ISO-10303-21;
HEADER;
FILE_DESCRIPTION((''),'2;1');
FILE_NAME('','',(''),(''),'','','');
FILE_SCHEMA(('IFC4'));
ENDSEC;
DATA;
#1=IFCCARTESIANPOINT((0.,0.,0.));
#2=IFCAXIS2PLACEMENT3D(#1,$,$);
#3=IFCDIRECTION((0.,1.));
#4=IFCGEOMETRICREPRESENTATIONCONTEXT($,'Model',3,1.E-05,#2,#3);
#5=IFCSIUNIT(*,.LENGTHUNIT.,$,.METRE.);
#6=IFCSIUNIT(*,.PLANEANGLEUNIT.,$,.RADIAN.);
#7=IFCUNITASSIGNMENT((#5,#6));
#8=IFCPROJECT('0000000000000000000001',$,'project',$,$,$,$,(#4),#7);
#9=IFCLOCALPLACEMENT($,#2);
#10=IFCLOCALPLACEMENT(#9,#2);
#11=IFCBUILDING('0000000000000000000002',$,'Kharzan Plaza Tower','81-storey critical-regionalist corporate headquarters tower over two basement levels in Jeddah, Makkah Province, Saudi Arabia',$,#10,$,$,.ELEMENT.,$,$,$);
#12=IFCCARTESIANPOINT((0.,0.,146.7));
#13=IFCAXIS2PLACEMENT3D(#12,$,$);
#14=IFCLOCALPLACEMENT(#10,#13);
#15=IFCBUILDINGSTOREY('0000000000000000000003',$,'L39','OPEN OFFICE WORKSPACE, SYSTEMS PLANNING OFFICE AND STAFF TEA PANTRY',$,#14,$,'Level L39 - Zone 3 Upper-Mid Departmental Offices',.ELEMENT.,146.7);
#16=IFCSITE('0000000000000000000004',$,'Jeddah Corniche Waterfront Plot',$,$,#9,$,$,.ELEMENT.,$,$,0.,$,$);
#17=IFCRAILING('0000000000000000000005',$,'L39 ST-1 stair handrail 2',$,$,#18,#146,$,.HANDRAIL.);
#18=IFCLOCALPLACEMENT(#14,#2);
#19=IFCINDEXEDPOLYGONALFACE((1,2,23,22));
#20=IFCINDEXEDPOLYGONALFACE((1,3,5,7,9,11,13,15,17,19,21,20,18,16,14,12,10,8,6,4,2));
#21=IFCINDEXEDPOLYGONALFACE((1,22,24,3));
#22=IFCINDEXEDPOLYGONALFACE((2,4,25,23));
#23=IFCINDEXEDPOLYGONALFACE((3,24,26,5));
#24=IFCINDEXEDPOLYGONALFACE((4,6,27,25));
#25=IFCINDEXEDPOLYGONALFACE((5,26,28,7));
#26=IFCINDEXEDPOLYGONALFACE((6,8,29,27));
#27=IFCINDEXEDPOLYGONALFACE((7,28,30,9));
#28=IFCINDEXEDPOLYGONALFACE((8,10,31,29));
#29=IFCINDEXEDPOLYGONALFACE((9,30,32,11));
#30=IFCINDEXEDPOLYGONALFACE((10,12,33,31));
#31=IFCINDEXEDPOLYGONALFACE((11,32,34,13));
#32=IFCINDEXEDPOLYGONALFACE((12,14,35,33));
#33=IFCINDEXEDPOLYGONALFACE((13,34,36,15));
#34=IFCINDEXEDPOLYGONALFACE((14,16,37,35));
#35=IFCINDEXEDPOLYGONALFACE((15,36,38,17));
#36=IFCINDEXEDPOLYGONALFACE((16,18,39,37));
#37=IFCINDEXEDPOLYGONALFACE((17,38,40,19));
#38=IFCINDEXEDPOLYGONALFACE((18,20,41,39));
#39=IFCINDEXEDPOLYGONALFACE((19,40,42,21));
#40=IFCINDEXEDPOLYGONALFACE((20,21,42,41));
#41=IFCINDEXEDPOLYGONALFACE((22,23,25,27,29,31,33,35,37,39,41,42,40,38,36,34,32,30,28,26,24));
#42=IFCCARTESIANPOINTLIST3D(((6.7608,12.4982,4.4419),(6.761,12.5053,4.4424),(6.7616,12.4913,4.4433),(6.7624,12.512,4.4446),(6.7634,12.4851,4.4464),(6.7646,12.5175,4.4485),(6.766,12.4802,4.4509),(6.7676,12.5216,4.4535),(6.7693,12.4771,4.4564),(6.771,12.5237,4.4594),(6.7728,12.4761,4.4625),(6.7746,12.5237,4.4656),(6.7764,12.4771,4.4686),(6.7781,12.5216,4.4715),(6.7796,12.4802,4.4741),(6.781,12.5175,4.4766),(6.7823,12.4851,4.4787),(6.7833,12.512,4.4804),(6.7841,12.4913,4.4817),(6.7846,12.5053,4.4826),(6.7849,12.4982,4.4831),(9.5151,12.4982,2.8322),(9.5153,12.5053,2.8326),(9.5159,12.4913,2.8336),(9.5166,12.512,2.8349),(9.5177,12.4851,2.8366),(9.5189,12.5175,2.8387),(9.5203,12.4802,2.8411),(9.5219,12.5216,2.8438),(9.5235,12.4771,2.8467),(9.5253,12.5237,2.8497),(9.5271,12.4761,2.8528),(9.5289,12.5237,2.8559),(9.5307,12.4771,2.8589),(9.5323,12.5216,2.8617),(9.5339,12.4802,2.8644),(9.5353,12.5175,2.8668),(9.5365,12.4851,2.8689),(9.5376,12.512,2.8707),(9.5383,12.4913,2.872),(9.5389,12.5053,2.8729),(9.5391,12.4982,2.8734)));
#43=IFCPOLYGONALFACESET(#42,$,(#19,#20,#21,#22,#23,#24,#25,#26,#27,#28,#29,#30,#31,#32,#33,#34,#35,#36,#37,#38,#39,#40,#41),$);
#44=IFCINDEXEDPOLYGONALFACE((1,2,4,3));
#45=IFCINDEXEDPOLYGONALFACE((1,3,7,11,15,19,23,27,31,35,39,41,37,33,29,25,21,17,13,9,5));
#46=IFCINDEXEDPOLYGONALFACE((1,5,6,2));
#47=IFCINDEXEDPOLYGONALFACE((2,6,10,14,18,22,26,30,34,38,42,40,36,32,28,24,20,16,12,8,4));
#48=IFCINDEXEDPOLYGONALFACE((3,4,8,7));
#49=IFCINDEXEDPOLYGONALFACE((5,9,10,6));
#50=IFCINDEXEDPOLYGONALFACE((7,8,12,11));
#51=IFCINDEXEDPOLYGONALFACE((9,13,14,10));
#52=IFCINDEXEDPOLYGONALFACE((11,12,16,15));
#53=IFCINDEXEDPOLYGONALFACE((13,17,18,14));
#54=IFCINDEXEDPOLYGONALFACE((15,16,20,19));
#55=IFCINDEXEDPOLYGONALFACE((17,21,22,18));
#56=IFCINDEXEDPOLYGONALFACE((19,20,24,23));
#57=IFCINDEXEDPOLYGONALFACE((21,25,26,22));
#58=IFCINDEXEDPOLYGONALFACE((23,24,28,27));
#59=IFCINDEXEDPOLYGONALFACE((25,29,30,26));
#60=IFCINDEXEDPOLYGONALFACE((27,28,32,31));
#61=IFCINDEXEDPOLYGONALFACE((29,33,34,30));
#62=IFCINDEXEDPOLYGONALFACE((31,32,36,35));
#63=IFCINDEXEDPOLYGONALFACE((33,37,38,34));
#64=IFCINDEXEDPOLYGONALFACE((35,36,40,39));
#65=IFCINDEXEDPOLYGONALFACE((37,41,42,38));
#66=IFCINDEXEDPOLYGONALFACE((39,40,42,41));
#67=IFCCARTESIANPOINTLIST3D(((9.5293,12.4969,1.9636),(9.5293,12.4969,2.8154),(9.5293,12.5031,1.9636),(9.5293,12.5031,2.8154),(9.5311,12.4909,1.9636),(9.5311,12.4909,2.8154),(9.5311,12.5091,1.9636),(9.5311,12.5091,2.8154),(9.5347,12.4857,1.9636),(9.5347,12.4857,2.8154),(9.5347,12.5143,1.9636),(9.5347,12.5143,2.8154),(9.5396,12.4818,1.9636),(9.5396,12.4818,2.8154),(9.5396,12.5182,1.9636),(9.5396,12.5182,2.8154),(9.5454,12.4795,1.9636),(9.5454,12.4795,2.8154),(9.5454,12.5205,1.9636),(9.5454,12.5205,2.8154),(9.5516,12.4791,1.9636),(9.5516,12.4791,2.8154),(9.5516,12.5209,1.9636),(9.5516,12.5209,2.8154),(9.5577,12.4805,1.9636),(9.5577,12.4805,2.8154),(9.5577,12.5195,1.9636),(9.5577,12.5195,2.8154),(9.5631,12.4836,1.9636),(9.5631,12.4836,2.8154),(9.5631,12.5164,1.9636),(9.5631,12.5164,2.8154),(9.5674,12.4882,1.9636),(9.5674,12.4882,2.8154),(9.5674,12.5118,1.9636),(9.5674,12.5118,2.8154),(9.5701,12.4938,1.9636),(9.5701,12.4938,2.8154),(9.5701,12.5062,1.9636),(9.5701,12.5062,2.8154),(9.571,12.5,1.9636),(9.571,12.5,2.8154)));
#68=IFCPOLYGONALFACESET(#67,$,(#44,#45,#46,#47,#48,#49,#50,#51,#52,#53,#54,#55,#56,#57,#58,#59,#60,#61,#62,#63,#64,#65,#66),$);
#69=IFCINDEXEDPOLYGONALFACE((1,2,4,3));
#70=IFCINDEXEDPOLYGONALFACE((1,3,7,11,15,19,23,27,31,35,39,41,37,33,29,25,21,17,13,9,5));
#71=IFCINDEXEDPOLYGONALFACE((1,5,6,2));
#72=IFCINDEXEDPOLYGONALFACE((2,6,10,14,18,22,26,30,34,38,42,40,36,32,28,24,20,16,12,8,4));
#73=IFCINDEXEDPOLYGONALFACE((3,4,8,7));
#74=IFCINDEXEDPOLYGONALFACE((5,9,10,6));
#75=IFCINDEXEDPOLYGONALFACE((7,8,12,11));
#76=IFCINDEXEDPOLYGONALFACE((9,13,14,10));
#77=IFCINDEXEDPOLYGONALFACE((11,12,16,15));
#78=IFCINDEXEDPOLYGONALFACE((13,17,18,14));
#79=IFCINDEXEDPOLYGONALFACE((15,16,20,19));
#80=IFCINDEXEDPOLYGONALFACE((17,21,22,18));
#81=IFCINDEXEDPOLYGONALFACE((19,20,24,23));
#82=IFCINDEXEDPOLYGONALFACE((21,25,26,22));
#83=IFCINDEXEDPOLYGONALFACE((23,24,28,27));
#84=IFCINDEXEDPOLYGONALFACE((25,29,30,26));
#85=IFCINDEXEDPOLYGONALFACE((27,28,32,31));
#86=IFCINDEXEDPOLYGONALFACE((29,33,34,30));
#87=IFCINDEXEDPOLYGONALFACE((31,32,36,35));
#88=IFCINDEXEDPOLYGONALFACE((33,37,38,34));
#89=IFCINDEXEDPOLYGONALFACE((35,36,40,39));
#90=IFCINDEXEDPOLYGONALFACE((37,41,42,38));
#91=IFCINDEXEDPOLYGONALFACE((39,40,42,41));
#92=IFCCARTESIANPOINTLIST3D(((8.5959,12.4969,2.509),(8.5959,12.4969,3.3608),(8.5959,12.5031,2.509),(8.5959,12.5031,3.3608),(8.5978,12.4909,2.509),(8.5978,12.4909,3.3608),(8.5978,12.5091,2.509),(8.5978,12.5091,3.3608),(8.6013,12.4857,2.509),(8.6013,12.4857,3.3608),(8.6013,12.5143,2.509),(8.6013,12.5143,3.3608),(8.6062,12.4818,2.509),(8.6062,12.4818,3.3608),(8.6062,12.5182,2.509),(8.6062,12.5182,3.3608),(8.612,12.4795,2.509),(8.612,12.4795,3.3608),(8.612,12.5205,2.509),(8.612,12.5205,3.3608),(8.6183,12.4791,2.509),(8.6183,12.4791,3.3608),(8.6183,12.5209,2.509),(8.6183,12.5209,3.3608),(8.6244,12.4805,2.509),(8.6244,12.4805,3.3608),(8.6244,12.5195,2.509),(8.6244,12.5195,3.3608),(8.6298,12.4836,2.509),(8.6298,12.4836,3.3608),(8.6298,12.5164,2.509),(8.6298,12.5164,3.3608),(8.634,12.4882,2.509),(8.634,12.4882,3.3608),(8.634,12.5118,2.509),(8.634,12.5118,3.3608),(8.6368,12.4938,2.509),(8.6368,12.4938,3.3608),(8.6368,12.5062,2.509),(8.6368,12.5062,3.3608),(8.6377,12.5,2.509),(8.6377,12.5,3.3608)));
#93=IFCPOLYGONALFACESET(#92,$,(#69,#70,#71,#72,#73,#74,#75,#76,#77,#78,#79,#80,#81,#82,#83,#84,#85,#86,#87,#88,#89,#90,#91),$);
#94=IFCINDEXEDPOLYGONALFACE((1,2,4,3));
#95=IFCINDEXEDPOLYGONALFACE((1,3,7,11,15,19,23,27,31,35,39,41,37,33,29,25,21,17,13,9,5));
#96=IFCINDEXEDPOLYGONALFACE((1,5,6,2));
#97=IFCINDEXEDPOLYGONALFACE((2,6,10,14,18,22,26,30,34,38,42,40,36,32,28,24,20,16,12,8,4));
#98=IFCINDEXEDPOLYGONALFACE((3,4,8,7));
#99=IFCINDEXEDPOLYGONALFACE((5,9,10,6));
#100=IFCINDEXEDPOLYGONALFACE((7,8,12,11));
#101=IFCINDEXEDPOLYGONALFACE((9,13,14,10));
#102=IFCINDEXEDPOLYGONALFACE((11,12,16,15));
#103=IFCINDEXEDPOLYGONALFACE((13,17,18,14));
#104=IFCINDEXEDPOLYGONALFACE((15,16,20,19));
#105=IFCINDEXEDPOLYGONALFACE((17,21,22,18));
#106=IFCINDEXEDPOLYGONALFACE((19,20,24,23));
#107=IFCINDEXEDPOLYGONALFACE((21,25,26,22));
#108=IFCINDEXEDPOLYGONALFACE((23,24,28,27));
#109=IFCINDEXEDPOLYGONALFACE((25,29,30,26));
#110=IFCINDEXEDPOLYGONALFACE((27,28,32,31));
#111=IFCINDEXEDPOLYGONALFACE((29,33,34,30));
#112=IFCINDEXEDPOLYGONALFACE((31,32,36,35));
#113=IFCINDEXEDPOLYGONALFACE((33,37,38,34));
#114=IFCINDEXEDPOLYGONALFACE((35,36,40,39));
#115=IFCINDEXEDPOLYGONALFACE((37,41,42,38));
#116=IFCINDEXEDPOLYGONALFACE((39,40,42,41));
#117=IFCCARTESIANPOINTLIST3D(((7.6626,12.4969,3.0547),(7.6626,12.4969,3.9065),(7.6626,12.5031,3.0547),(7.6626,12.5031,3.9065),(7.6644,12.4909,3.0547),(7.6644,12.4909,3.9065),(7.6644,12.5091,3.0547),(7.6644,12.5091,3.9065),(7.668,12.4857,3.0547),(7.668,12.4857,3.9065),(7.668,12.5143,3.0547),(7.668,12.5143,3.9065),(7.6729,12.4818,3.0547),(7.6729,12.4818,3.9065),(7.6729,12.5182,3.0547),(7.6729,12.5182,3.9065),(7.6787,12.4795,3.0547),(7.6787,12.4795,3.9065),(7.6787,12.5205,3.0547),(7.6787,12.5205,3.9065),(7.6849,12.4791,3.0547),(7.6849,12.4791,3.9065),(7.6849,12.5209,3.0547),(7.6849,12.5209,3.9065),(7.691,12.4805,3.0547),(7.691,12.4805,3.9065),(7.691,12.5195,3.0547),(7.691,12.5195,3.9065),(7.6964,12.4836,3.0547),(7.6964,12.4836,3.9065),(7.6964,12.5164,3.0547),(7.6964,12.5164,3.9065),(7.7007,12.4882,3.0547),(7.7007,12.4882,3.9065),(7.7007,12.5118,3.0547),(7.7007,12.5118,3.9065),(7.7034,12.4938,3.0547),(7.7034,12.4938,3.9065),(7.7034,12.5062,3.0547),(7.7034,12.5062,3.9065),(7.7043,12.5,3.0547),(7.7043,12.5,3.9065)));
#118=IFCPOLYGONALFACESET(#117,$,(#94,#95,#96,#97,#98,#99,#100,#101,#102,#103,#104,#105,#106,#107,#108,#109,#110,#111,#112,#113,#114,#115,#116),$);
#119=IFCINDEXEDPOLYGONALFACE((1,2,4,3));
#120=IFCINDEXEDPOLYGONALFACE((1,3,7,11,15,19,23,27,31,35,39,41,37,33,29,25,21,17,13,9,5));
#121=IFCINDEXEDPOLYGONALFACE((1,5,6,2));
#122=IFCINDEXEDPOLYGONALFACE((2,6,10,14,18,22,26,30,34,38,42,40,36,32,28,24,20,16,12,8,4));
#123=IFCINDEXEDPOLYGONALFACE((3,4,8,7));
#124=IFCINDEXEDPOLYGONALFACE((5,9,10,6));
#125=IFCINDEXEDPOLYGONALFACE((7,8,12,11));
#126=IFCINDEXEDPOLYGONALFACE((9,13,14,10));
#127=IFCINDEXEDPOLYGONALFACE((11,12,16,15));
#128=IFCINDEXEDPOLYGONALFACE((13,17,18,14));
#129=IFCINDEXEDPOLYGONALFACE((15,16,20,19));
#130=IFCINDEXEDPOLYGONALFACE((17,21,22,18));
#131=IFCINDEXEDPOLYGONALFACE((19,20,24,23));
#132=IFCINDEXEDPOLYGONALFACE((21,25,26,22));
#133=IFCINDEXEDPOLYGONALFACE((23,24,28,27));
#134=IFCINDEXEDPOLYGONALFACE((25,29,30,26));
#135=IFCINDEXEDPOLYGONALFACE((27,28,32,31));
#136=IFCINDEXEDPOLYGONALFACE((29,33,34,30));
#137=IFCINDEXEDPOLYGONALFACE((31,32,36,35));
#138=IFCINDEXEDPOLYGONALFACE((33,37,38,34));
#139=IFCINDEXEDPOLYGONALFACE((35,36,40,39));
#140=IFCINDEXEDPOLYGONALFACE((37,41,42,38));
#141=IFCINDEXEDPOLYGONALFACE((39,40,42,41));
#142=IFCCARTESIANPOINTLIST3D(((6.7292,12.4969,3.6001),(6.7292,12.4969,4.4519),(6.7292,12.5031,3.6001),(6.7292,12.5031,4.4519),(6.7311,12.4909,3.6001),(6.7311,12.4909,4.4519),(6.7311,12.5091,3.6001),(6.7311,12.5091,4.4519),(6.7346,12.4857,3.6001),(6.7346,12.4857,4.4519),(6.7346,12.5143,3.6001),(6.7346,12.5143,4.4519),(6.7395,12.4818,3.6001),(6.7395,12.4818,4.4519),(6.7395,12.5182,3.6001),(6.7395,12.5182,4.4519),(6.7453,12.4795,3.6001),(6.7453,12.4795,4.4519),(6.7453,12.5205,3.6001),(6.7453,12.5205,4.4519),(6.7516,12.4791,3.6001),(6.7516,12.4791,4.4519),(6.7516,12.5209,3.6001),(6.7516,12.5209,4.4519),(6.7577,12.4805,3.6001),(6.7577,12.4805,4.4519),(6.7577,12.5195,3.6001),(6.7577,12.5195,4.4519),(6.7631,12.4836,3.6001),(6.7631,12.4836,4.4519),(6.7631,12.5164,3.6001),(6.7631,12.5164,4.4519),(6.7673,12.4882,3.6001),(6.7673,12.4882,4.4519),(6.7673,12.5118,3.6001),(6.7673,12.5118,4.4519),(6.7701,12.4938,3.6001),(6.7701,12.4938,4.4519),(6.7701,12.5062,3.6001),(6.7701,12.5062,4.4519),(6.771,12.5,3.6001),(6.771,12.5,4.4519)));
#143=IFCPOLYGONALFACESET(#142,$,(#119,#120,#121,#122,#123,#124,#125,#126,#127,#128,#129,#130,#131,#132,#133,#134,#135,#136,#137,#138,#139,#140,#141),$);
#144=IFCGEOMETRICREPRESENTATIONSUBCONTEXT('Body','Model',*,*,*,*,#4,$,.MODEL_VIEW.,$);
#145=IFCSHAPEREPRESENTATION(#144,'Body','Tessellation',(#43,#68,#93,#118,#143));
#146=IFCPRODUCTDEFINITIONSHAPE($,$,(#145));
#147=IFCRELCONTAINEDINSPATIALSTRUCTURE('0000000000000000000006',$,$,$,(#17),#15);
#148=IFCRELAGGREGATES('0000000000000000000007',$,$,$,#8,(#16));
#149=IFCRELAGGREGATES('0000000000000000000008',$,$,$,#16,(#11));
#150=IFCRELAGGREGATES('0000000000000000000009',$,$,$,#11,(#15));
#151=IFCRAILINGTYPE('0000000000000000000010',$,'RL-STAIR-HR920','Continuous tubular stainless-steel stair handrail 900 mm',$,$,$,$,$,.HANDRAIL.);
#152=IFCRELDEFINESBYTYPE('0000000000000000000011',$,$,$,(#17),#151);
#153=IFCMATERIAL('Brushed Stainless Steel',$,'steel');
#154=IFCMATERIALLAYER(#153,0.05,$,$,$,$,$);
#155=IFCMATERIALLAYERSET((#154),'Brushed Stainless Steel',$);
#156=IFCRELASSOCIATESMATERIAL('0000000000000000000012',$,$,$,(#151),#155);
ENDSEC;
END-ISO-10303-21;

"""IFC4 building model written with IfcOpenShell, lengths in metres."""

from ifc_helpers import new_model, si_unit, direction, frame, origin, origin_2d, place, context, subcontext, project, spatial, circle, extrude, source, transform, mapped, material, layer, layer_set, type_object, element, save


model = new_model("IFC4")

# Units and contexts
model_context = context("Model", 3, precision=1e-05, world=origin(), true_north=direction((0.0, 1.0)))
body_context = subcontext(model_context, "Body", "Model", "MODEL_VIEW")
ifc_project = project(units=[si_unit("LENGTHUNIT", "METRE"), si_unit("PLANEANGLEUNIT", "RADIAN")], contexts=[model_context])

# Site, building, storey
site_placement = place(None, origin())
site = spatial("IfcSite", under=ifc_project, at=site_placement, Name="Jeddah Corniche Waterfront Plot", CompositionType="ELEMENT", RefElevation=0.0)
building_placement = place(site_placement, origin())
building = spatial("IfcBuilding", under=site, at=building_placement, Name="Kharzan Plaza Tower", Description="81-storey critical-regionalist corporate headquarters tower over two basement levels in Jeddah, Makkah Province, Saudi Arabia", CompositionType="ELEMENT")
storey_placement = place(building_placement, frame((0.0, 0.0, 146.7)))
storey = spatial("IfcBuildingStorey", under=building, at=storey_placement, Name="L39", Description="OPEN OFFICE WORKSPACE, SYSTEMS PLANNING OFFICE AND STAFF TEA PANTRY", LongName="Level L39 - Zone 3 Upper-Mid Departmental Offices", CompositionType="ELEMENT", Elevation=146.7)

# Shared definitions
ifc_material_1 = material(Name="Brushed Stainless Steel", Category="steel")

# Railing
ifc_layer_1 = layer(ifc_material_1, 0.05)
ifc_layer_set_1 = layer_set([ifc_layer_1], Name="Brushed Stainless Steel")
railing_type_1 = type_object("IfcRailingType", Name="RL-STAIR-HR920", Description="Continuous tubular stainless-steel stair handrail 900 mm", PredefinedType="HANDRAIL", material=ifc_layer_set_1)
shared_shape_1 = source(origin(), body_context, "Body", "SweptSolid", [
    extrude(circle(Radius=0.0239, at=origin_2d()), frame((-0.0229, 0.0, 0.8892), z_axis=(-0.863361, 0.0, 0.504587), x_axis=(0.0, -1.0, 0.0)), (0.0, 0.0, 1.0), 3.1902),
    extrude(circle(Radius=0.021, at=origin_2d()), origin(), (0.0, 0.0, 1.0), 0.8518),
    extrude(circle(Radius=0.021, at=origin_2d()), frame((-0.9333, 0.0, 0.5454)), (0.0, 0.0, 1.0), 0.8518),
    extrude(circle(Radius=0.021, at=origin_2d()), frame((-1.8667, 0.0, 1.0911)), (0.0, 0.0, 1.0), 0.8518),
    extrude(circle(Radius=0.021, at=origin_2d()), frame((-2.8, 0.0, 1.6365)), (0.0, 0.0, 1.0), 0.8518),
])
railing_1_placement = place(storey_placement, frame((9.55, 12.5, 1.9636)))
element("IfcRailing", 1, at=railing_1_placement, inside=storey, type_object=railing_type_1, Name="L39 ST-1 stair handrail 2", PredefinedType="HANDRAIL", context=body_context, shape_type="MappedRepresentation", body=[
    mapped(shared_shape_1, transform((0.0, 0.0, 0.0), x_axis=(1.0, 0.0, 0.0), y_axis=(0.0, 1.0, 0.0), z_axis=(0.0, 0.0, 1.0))),
])

save(model, "model.ifc")
